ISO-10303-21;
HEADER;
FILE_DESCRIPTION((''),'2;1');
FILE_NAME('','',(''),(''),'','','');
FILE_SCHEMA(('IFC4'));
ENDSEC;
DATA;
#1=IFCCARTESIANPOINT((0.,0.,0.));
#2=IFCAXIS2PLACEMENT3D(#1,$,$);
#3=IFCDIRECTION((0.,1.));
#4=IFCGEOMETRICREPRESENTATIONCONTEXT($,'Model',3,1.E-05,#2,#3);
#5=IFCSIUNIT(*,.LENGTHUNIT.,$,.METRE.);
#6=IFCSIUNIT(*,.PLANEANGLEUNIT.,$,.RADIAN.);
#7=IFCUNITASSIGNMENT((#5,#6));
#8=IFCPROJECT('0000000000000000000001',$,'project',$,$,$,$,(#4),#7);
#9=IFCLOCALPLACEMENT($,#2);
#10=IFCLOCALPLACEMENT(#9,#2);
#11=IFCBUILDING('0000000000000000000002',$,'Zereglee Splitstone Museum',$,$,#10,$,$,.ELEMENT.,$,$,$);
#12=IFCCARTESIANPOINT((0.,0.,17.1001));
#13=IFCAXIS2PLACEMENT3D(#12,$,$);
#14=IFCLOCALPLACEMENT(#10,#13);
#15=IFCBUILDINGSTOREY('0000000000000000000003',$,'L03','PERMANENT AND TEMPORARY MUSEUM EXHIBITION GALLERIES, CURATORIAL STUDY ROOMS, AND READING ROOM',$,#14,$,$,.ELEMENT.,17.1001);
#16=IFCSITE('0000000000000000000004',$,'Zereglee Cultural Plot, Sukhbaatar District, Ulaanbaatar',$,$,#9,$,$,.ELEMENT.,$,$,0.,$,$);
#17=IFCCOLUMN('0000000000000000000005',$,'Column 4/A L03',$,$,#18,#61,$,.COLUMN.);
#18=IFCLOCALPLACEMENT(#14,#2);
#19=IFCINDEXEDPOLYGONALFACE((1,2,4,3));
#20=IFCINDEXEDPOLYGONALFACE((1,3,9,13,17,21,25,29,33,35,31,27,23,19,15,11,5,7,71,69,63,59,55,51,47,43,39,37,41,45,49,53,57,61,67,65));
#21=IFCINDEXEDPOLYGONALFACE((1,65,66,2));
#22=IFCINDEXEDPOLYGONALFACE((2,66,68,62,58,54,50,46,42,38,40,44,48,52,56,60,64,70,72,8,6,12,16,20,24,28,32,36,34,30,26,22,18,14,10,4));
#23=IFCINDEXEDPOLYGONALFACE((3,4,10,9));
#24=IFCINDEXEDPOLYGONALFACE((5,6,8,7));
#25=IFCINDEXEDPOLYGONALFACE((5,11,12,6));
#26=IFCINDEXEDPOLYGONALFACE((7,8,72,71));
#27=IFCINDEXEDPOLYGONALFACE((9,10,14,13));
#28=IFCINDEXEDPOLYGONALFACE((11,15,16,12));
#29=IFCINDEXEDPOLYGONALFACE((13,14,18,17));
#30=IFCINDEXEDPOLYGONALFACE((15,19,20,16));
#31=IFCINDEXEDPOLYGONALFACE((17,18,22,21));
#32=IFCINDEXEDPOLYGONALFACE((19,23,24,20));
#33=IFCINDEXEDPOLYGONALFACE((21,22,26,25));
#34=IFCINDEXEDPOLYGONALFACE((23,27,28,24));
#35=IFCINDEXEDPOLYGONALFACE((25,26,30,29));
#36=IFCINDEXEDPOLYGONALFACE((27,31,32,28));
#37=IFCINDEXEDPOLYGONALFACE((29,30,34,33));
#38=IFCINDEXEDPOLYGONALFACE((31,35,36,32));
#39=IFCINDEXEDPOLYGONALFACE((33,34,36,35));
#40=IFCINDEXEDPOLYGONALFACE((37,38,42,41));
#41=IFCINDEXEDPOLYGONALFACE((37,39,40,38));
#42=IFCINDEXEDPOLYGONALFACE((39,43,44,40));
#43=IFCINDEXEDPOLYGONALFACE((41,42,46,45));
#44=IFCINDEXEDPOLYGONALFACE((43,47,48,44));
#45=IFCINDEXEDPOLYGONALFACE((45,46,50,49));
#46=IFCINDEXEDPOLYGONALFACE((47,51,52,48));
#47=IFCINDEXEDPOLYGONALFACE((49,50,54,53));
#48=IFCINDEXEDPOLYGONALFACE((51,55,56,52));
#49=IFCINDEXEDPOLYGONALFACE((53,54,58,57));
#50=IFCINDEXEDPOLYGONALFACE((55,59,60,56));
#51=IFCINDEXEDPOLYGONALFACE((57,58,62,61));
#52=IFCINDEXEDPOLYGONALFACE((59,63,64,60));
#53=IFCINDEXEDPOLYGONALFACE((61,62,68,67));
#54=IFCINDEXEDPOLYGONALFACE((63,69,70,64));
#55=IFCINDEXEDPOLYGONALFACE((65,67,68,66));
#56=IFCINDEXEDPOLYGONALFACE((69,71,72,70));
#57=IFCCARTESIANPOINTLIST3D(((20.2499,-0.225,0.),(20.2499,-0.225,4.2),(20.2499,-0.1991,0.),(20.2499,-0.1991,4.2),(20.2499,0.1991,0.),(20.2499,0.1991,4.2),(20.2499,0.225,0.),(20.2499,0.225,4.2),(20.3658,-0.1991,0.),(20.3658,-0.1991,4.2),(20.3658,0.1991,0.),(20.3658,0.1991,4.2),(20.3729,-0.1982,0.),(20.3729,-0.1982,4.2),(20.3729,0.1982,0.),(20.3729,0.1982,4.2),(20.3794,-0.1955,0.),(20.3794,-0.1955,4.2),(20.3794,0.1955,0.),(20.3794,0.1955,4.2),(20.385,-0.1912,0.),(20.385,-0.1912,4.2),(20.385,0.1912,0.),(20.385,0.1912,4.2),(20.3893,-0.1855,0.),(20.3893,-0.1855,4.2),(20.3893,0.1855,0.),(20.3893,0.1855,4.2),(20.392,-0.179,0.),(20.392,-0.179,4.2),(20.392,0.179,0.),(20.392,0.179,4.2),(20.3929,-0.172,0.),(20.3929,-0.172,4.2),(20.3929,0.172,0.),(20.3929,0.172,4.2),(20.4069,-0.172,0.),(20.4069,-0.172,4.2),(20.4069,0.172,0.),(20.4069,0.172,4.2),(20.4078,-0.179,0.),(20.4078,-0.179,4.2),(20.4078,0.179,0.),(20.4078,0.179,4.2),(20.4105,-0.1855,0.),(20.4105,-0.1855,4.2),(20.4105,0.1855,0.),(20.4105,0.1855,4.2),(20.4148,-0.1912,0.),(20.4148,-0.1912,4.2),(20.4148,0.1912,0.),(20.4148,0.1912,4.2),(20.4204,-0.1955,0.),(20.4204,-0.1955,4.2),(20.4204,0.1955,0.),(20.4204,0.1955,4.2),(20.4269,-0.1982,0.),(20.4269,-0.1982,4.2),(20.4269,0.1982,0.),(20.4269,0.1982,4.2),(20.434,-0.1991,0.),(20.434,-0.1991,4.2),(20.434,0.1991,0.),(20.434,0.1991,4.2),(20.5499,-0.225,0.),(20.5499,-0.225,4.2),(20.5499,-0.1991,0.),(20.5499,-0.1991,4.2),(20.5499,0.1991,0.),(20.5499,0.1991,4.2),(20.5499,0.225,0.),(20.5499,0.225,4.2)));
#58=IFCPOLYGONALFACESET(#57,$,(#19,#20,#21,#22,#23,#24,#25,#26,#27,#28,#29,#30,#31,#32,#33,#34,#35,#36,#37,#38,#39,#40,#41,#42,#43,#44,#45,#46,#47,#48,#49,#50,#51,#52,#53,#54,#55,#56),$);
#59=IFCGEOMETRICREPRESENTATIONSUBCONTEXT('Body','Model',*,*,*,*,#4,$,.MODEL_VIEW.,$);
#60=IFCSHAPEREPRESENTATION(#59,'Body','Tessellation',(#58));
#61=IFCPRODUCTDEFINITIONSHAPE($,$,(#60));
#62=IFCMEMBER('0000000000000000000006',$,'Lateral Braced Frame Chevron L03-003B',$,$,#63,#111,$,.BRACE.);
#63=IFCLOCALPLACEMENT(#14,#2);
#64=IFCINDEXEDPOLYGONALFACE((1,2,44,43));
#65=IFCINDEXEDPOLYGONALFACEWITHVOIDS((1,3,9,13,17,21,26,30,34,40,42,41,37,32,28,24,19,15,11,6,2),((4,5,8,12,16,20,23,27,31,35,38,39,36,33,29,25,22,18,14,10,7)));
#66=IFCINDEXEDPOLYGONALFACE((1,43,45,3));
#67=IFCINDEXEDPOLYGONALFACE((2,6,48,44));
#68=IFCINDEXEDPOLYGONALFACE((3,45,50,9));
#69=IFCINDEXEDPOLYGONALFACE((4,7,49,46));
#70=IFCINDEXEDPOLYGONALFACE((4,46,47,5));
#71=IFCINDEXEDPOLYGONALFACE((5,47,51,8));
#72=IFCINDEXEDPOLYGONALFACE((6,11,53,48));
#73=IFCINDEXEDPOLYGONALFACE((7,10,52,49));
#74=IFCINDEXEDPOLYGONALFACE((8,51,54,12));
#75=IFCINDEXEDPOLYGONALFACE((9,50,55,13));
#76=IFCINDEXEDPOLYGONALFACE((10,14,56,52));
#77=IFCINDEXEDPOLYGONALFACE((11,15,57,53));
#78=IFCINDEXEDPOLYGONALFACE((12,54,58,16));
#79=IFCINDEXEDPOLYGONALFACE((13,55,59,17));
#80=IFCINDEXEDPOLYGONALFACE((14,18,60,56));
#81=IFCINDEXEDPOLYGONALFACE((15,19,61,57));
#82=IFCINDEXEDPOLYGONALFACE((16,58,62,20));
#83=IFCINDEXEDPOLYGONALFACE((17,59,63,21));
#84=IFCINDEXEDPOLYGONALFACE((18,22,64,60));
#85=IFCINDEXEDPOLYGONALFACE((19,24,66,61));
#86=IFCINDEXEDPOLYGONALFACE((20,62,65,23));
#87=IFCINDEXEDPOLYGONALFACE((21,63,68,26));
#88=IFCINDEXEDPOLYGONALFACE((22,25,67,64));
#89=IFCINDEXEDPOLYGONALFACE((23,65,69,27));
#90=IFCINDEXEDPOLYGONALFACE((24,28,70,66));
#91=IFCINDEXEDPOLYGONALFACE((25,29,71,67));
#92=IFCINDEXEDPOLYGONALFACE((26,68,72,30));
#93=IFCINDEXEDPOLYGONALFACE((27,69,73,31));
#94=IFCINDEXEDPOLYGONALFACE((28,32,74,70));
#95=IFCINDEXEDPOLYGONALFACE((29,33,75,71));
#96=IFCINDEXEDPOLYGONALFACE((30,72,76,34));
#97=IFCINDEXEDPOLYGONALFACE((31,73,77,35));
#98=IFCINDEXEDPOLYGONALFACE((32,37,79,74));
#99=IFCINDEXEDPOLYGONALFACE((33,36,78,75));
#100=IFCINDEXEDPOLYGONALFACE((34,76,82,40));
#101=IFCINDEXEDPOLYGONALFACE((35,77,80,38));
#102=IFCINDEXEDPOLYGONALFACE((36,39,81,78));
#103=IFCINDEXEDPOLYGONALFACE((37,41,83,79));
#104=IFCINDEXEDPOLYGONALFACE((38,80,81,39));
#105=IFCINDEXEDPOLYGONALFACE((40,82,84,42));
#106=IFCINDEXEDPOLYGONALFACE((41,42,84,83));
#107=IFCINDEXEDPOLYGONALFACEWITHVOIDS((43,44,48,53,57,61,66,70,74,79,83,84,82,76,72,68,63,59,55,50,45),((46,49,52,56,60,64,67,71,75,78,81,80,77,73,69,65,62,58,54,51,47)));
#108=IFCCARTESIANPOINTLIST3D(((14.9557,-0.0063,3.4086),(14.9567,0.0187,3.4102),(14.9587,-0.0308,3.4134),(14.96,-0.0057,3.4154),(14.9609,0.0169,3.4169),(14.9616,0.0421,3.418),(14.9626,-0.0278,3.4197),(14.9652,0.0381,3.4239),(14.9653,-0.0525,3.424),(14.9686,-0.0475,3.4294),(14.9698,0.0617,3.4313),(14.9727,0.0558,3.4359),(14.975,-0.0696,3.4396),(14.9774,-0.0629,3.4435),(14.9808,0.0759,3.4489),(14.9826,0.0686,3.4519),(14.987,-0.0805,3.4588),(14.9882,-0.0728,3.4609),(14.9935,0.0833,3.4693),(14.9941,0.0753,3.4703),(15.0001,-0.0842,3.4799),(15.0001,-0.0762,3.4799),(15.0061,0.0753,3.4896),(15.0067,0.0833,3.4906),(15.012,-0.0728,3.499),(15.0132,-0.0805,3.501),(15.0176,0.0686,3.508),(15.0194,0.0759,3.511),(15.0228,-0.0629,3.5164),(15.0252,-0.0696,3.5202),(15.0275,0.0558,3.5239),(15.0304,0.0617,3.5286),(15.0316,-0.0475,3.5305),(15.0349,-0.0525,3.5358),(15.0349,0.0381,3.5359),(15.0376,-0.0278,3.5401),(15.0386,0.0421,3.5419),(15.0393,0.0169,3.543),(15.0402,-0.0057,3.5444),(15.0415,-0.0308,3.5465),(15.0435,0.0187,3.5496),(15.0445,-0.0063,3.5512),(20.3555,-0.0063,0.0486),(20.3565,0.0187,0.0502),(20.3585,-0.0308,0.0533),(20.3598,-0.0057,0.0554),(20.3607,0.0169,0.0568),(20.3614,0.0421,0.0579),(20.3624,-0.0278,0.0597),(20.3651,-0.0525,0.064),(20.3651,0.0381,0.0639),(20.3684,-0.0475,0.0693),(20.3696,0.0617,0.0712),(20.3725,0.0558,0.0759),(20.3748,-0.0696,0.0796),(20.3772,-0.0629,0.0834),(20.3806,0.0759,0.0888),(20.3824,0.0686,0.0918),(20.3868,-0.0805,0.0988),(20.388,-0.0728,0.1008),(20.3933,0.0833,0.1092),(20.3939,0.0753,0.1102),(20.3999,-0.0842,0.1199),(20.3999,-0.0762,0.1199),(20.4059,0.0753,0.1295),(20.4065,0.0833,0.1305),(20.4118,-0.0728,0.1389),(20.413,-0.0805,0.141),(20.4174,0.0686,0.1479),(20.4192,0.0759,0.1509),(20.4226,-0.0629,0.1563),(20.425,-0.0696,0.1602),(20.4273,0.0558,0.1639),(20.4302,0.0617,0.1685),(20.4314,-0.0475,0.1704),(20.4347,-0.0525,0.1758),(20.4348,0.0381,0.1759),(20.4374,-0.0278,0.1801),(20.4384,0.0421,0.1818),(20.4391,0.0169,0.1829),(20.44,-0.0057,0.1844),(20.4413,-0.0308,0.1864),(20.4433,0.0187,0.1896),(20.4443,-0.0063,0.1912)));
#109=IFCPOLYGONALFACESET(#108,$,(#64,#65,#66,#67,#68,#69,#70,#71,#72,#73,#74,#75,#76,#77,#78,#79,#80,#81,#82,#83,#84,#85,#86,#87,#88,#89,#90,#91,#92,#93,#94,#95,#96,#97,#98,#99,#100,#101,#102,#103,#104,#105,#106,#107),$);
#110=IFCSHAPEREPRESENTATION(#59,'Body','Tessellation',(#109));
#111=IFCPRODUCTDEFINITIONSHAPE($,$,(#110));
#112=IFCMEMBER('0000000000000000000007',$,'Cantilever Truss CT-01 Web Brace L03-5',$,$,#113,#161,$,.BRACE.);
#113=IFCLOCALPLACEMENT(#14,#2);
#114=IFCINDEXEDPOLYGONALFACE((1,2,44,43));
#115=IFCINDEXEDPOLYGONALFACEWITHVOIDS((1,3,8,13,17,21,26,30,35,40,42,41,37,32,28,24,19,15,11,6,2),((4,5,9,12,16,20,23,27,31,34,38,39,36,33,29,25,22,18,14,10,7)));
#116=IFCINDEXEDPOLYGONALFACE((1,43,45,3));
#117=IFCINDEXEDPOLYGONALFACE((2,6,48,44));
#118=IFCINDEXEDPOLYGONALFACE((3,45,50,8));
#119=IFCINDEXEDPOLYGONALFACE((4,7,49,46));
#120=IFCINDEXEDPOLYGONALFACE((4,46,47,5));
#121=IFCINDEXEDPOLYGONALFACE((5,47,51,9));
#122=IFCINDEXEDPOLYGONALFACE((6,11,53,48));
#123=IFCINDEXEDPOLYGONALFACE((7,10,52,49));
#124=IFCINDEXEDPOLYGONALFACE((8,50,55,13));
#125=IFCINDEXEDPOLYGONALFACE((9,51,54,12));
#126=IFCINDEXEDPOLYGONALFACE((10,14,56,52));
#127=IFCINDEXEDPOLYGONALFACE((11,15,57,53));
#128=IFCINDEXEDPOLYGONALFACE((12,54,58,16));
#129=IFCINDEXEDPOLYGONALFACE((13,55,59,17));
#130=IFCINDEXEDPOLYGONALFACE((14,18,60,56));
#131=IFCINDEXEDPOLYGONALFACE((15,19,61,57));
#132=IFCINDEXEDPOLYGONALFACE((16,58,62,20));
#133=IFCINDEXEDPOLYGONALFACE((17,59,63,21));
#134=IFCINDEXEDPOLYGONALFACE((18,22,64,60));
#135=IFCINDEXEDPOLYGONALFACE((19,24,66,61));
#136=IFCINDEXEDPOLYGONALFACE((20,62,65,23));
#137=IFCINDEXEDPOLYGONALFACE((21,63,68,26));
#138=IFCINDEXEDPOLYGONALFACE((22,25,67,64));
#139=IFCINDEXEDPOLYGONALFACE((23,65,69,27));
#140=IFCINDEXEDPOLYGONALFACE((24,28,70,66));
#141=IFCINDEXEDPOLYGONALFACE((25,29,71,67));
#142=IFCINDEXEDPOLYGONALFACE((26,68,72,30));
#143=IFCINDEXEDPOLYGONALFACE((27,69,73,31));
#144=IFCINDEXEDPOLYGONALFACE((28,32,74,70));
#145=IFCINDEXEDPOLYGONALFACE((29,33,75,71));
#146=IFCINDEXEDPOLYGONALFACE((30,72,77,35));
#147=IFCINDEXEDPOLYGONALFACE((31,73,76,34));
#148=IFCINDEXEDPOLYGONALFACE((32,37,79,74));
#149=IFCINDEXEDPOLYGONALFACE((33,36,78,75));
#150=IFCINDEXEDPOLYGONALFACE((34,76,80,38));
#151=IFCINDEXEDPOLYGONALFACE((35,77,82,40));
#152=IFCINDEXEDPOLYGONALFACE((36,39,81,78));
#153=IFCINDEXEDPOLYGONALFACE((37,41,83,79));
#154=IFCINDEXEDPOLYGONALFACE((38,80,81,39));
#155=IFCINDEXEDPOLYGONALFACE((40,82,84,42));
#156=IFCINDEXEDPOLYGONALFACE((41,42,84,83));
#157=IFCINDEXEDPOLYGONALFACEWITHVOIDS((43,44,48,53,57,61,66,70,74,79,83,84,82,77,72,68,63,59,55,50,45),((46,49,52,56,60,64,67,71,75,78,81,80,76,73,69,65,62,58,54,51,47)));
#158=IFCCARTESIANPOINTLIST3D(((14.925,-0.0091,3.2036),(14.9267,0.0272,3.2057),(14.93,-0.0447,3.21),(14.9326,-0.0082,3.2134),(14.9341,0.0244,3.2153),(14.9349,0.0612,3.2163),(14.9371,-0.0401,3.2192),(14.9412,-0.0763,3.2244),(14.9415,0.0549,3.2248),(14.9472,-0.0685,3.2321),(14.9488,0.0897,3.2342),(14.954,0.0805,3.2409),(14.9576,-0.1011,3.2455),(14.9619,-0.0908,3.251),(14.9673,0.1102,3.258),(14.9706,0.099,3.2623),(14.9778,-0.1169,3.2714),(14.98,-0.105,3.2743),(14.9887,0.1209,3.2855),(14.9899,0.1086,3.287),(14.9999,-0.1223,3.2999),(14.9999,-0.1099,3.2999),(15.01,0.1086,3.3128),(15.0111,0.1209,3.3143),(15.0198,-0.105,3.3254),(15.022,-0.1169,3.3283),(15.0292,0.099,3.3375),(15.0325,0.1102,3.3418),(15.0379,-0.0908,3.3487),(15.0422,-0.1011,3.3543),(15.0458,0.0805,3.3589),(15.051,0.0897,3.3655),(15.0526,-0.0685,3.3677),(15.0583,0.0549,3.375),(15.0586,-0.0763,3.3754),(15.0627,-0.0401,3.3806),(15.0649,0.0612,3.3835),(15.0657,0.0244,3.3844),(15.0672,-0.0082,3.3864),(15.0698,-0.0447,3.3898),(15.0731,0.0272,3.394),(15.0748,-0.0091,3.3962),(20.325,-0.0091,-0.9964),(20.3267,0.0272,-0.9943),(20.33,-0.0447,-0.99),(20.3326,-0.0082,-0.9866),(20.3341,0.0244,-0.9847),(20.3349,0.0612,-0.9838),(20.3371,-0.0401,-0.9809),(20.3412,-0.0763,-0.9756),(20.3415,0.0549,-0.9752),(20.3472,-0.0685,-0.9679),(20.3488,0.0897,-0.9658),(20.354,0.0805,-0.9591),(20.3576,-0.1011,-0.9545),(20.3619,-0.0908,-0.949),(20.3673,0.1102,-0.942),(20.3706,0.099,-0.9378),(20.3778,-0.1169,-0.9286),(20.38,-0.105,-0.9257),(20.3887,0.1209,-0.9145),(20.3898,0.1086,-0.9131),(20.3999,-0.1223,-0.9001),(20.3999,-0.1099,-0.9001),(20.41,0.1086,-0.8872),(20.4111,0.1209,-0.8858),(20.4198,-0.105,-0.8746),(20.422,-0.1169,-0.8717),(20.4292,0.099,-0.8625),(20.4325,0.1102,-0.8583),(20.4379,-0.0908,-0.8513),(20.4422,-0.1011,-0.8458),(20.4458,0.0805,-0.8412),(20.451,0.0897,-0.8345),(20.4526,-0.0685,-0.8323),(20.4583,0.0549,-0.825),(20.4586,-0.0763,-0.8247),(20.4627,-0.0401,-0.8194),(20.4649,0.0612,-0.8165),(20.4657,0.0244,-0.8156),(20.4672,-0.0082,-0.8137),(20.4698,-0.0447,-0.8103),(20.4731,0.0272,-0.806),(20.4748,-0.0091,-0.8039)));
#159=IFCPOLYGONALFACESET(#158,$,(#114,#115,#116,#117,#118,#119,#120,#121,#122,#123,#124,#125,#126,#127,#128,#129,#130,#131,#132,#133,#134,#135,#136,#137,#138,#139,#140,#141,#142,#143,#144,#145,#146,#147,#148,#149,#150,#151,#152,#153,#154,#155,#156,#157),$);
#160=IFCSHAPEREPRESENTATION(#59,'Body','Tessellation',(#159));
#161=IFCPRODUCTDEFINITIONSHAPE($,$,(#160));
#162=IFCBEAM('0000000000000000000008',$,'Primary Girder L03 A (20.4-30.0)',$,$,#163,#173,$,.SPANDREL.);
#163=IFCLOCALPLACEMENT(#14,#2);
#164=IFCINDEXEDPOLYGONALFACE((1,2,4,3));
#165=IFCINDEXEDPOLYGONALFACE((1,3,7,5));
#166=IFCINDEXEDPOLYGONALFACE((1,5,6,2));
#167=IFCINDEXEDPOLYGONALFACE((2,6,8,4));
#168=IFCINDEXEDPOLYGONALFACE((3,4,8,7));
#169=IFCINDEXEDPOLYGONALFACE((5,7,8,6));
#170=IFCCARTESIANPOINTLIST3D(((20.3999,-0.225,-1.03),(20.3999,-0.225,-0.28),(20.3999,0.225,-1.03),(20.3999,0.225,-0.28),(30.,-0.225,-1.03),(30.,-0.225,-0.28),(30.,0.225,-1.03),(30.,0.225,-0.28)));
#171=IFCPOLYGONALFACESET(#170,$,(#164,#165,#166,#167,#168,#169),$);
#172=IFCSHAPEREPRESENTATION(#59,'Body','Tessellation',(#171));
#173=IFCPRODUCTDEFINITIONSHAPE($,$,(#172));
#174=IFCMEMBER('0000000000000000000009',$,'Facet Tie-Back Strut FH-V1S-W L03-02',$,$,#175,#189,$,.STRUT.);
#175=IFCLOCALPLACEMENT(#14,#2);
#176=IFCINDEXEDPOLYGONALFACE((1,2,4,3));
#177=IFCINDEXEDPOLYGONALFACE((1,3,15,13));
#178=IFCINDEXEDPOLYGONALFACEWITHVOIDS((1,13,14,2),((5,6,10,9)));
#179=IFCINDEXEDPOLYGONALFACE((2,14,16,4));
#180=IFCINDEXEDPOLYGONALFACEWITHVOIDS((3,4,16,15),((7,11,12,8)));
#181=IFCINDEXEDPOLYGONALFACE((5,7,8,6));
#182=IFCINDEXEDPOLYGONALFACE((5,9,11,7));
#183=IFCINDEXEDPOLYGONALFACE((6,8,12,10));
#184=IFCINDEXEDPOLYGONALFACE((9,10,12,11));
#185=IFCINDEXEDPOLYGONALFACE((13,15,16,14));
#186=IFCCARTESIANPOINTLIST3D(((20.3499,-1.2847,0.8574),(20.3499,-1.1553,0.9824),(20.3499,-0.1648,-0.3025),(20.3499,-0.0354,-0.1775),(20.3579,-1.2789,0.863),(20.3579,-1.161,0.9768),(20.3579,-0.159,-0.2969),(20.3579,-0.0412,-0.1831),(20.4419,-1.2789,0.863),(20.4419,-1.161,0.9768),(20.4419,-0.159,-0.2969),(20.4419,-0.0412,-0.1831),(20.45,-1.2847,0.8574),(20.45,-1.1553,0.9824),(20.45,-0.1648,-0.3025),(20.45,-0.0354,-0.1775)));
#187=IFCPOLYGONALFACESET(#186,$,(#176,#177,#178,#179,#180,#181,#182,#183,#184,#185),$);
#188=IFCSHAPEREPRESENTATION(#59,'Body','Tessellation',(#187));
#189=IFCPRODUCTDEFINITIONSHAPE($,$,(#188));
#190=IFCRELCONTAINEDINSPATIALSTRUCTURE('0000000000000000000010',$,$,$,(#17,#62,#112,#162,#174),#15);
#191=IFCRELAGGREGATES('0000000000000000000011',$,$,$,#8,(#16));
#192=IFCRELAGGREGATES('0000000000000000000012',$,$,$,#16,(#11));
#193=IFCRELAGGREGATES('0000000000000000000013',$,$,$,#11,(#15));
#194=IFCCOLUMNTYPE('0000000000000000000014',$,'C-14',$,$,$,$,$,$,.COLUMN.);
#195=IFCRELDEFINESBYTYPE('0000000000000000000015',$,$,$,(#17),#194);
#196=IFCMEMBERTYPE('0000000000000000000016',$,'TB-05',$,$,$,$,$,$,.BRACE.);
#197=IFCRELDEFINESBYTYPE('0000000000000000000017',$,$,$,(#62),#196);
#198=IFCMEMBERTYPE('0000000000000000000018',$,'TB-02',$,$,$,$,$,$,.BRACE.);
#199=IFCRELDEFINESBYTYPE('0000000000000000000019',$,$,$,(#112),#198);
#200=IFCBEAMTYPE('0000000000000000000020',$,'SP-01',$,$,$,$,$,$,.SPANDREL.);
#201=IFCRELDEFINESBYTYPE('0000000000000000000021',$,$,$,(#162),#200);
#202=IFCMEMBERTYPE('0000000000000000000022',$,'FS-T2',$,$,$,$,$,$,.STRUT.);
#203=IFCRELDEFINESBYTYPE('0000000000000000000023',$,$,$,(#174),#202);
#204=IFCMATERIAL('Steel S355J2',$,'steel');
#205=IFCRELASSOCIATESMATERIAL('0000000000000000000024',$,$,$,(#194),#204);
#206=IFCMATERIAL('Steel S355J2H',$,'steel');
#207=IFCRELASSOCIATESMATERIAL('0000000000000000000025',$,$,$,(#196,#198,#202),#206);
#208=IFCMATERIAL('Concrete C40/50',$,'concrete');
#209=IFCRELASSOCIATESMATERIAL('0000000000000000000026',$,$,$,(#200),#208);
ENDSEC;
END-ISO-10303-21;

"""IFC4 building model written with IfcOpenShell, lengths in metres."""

from ifc_helpers import new_model, si_unit, direction, frame, origin, origin_2d, place, context, subcontext, project, spatial, rectangle, hollow_rectangle, hollow_circle, i_section, extrude, material, material_profile, profile_set, type_object, element, save


model = new_model("IFC4")

# Units and contexts
model_context = context("Model", 3, precision=1e-05, world=origin(), true_north=direction((0.0, 1.0)))
body_context = subcontext(model_context, "Body", "Model", "MODEL_VIEW")
ifc_project = project(units=[si_unit("LENGTHUNIT", "METRE"), si_unit("PLANEANGLEUNIT", "RADIAN")], contexts=[model_context])

# Site, building, storey
site_placement = place(None, origin())
site = spatial("IfcSite", under=ifc_project, at=site_placement, Name="Zereglee Cultural Plot, Sukhbaatar District, Ulaanbaatar", CompositionType="ELEMENT", RefElevation=0.0)
building_placement = place(site_placement, origin())
building = spatial("IfcBuilding", under=site, at=building_placement, Name="Zereglee Splitstone Museum", CompositionType="ELEMENT")
storey_placement = place(building_placement, frame((0.0, 0.0, 17.1001)))
storey = spatial("IfcBuildingStorey", under=building, at=storey_placement, Name="L03", Description="PERMANENT AND TEMPORARY MUSEUM EXHIBITION GALLERIES, CURATORIAL STUDY ROOMS, AND READING ROOM", CompositionType="ELEMENT", Elevation=17.1001)

# Column
ifc_material_1 = material(Name="Steel S355J2", Category="steel")
ifc_material_profile_1 = material_profile(ifc_material_1, i_section(OverallWidth=0.3, OverallDepth=0.45, WebThickness=0.0139, FlangeThickness=0.0259, FilletRadius=0.0271, at=origin_2d()), Name="HE 450 B")
ifc_profile_set_1 = profile_set([ifc_material_profile_1], Name="Steel S355J2")
column_type = type_object("IfcColumnType", Name="C-14", PredefinedType="COLUMN", material=ifc_profile_set_1)
column_placement = place(storey_placement, frame((20.3999, 0.0, 0.0), z_axis=(0.0, 0.0, 1.0), x_axis=(1.0, 0.0, 0.0)))
element("IfcColumn", 1, at=column_placement, inside=storey, type_object=column_type, Name="Column 4/A L03", PredefinedType="COLUMN", context=body_context, shape_type="SweptSolid", body=[
    extrude(i_section(OverallWidth=0.3, OverallDepth=0.45, WebThickness=0.0139, FlangeThickness=0.0259, FilletRadius=0.0271, at=origin_2d()), origin(), (0.0, 0.0, 1.0), 4.2),
])

# Members
ifc_material_2 = material(Name="Steel S355J2H", Category="steel")
ifc_material_profile_2 = material_profile(ifc_material_2, hollow_circle(Radius=0.0842, WallThickness=0.0081, at=origin_2d()), Name="CHS 168.3x8")
ifc_profile_set_2 = profile_set([ifc_material_profile_2], Name="Steel S355J2H")
member_type_1 = type_object("IfcMemberType", Name="TB-05", PredefinedType="BRACE", material=ifc_profile_set_2)
member_1_placement = place(storey_placement, frame((20.3999, 0.0, 0.1199), z_axis=(-0.849045, 0.0, 0.528321), x_axis=(0.0, -1.0, 0.0)))
element("IfcMember", 2, at=member_1_placement, inside=storey, type_object=member_type_1, Name="Lateral Braced Frame Chevron L03-003B", PredefinedType="BRACE", context=body_context, shape_type="SweptSolid", body=[
    extrude(hollow_circle(Radius=0.0842, WallThickness=0.0081, at=origin_2d()), origin(), (0.0, 0.0, 1.0), 6.3599),
])
ifc_material_profile_3 = material_profile(ifc_material_2, hollow_circle(Radius=0.1223, WallThickness=0.0125, at=origin_2d()), Name="CHS 244.5x12.5")
ifc_profile_set_3 = profile_set([ifc_material_profile_3], Name="Steel S355J2H")
member_type_2 = type_object("IfcMemberType", Name="TB-02", PredefinedType="BRACE", material=ifc_profile_set_3)
member_2_placement = place(storey_placement, frame((20.3999, 0.0, -0.9001), z_axis=(-0.78935, 0.0, 0.613943), x_axis=(0.0, -1.0, 0.0)))
element("IfcMember", 3, at=member_2_placement, inside=storey, type_object=member_type_2, Name="Cantilever Truss CT-01 Web Brace L03-5", PredefinedType="BRACE", context=body_context, shape_type="SweptSolid", body=[
    extrude(hollow_circle(Radius=0.1223, WallThickness=0.0125, at=origin_2d()), origin(), (0.0, 0.0, 1.0), 6.8411),
])

# Beam
ifc_material_3 = material(Name="Concrete C40/50", Category="concrete")
ifc_material_profile_4 = material_profile(ifc_material_3, rectangle(XDim=0.45, YDim=0.75, at=origin_2d()), Name="RC 450x750")
ifc_profile_set_4 = profile_set([ifc_material_profile_4], Name="Concrete C40/50")
beam_type = type_object("IfcBeamType", Name="SP-01", PredefinedType="SPANDREL", material=ifc_profile_set_4)
beam_placement = place(storey_placement, frame((20.3999, 0.0, -0.655), z_axis=(1.0, 0.0, 0.0), x_axis=(0.0, 1.0, 0.0)))
element("IfcBeam", 4, at=beam_placement, inside=storey, type_object=beam_type, Name="Primary Girder L03 A (20.4-30.0)", PredefinedType="SPANDREL", context=body_context, shape_type="SweptSolid", body=[
    extrude(rectangle(XDim=0.45, YDim=0.75, at=origin_2d()), origin(), (0.0, 0.0, 1.0), 9.6001),
])

# Member
ifc_material_profile_5 = material_profile(ifc_material_2, hollow_rectangle(XDim=0.1001, YDim=0.1799, WallThickness=0.0081, at=origin_2d()), Name="RHS 180x100x8")
ifc_profile_set_5 = profile_set([ifc_material_profile_5], Name="Steel S355J2H")
member_type_3 = type_object("IfcMemberType", Name="FS-T2", PredefinedType="STRUT", material=ifc_profile_set_5)
member_3_placement = place(storey_placement, frame((20.3999, -0.1001, -0.24), z_axis=(0.0, -0.694581, 0.719415), x_axis=(1.0, 0.0, 0.0)))
element("IfcMember", 5, at=member_3_placement, inside=storey, type_object=member_type_3, Name="Facet Tie-Back Strut FH-V1S-W L03-02", PredefinedType="STRUT", context=body_context, shape_type="SweptSolid", body=[
    extrude(hollow_rectangle(XDim=0.1001, YDim=0.1799, WallThickness=0.0081, at=origin_2d()), origin(), (0.0, 0.0, 1.0), 1.6123),
])

save(model, "model.ifc")
